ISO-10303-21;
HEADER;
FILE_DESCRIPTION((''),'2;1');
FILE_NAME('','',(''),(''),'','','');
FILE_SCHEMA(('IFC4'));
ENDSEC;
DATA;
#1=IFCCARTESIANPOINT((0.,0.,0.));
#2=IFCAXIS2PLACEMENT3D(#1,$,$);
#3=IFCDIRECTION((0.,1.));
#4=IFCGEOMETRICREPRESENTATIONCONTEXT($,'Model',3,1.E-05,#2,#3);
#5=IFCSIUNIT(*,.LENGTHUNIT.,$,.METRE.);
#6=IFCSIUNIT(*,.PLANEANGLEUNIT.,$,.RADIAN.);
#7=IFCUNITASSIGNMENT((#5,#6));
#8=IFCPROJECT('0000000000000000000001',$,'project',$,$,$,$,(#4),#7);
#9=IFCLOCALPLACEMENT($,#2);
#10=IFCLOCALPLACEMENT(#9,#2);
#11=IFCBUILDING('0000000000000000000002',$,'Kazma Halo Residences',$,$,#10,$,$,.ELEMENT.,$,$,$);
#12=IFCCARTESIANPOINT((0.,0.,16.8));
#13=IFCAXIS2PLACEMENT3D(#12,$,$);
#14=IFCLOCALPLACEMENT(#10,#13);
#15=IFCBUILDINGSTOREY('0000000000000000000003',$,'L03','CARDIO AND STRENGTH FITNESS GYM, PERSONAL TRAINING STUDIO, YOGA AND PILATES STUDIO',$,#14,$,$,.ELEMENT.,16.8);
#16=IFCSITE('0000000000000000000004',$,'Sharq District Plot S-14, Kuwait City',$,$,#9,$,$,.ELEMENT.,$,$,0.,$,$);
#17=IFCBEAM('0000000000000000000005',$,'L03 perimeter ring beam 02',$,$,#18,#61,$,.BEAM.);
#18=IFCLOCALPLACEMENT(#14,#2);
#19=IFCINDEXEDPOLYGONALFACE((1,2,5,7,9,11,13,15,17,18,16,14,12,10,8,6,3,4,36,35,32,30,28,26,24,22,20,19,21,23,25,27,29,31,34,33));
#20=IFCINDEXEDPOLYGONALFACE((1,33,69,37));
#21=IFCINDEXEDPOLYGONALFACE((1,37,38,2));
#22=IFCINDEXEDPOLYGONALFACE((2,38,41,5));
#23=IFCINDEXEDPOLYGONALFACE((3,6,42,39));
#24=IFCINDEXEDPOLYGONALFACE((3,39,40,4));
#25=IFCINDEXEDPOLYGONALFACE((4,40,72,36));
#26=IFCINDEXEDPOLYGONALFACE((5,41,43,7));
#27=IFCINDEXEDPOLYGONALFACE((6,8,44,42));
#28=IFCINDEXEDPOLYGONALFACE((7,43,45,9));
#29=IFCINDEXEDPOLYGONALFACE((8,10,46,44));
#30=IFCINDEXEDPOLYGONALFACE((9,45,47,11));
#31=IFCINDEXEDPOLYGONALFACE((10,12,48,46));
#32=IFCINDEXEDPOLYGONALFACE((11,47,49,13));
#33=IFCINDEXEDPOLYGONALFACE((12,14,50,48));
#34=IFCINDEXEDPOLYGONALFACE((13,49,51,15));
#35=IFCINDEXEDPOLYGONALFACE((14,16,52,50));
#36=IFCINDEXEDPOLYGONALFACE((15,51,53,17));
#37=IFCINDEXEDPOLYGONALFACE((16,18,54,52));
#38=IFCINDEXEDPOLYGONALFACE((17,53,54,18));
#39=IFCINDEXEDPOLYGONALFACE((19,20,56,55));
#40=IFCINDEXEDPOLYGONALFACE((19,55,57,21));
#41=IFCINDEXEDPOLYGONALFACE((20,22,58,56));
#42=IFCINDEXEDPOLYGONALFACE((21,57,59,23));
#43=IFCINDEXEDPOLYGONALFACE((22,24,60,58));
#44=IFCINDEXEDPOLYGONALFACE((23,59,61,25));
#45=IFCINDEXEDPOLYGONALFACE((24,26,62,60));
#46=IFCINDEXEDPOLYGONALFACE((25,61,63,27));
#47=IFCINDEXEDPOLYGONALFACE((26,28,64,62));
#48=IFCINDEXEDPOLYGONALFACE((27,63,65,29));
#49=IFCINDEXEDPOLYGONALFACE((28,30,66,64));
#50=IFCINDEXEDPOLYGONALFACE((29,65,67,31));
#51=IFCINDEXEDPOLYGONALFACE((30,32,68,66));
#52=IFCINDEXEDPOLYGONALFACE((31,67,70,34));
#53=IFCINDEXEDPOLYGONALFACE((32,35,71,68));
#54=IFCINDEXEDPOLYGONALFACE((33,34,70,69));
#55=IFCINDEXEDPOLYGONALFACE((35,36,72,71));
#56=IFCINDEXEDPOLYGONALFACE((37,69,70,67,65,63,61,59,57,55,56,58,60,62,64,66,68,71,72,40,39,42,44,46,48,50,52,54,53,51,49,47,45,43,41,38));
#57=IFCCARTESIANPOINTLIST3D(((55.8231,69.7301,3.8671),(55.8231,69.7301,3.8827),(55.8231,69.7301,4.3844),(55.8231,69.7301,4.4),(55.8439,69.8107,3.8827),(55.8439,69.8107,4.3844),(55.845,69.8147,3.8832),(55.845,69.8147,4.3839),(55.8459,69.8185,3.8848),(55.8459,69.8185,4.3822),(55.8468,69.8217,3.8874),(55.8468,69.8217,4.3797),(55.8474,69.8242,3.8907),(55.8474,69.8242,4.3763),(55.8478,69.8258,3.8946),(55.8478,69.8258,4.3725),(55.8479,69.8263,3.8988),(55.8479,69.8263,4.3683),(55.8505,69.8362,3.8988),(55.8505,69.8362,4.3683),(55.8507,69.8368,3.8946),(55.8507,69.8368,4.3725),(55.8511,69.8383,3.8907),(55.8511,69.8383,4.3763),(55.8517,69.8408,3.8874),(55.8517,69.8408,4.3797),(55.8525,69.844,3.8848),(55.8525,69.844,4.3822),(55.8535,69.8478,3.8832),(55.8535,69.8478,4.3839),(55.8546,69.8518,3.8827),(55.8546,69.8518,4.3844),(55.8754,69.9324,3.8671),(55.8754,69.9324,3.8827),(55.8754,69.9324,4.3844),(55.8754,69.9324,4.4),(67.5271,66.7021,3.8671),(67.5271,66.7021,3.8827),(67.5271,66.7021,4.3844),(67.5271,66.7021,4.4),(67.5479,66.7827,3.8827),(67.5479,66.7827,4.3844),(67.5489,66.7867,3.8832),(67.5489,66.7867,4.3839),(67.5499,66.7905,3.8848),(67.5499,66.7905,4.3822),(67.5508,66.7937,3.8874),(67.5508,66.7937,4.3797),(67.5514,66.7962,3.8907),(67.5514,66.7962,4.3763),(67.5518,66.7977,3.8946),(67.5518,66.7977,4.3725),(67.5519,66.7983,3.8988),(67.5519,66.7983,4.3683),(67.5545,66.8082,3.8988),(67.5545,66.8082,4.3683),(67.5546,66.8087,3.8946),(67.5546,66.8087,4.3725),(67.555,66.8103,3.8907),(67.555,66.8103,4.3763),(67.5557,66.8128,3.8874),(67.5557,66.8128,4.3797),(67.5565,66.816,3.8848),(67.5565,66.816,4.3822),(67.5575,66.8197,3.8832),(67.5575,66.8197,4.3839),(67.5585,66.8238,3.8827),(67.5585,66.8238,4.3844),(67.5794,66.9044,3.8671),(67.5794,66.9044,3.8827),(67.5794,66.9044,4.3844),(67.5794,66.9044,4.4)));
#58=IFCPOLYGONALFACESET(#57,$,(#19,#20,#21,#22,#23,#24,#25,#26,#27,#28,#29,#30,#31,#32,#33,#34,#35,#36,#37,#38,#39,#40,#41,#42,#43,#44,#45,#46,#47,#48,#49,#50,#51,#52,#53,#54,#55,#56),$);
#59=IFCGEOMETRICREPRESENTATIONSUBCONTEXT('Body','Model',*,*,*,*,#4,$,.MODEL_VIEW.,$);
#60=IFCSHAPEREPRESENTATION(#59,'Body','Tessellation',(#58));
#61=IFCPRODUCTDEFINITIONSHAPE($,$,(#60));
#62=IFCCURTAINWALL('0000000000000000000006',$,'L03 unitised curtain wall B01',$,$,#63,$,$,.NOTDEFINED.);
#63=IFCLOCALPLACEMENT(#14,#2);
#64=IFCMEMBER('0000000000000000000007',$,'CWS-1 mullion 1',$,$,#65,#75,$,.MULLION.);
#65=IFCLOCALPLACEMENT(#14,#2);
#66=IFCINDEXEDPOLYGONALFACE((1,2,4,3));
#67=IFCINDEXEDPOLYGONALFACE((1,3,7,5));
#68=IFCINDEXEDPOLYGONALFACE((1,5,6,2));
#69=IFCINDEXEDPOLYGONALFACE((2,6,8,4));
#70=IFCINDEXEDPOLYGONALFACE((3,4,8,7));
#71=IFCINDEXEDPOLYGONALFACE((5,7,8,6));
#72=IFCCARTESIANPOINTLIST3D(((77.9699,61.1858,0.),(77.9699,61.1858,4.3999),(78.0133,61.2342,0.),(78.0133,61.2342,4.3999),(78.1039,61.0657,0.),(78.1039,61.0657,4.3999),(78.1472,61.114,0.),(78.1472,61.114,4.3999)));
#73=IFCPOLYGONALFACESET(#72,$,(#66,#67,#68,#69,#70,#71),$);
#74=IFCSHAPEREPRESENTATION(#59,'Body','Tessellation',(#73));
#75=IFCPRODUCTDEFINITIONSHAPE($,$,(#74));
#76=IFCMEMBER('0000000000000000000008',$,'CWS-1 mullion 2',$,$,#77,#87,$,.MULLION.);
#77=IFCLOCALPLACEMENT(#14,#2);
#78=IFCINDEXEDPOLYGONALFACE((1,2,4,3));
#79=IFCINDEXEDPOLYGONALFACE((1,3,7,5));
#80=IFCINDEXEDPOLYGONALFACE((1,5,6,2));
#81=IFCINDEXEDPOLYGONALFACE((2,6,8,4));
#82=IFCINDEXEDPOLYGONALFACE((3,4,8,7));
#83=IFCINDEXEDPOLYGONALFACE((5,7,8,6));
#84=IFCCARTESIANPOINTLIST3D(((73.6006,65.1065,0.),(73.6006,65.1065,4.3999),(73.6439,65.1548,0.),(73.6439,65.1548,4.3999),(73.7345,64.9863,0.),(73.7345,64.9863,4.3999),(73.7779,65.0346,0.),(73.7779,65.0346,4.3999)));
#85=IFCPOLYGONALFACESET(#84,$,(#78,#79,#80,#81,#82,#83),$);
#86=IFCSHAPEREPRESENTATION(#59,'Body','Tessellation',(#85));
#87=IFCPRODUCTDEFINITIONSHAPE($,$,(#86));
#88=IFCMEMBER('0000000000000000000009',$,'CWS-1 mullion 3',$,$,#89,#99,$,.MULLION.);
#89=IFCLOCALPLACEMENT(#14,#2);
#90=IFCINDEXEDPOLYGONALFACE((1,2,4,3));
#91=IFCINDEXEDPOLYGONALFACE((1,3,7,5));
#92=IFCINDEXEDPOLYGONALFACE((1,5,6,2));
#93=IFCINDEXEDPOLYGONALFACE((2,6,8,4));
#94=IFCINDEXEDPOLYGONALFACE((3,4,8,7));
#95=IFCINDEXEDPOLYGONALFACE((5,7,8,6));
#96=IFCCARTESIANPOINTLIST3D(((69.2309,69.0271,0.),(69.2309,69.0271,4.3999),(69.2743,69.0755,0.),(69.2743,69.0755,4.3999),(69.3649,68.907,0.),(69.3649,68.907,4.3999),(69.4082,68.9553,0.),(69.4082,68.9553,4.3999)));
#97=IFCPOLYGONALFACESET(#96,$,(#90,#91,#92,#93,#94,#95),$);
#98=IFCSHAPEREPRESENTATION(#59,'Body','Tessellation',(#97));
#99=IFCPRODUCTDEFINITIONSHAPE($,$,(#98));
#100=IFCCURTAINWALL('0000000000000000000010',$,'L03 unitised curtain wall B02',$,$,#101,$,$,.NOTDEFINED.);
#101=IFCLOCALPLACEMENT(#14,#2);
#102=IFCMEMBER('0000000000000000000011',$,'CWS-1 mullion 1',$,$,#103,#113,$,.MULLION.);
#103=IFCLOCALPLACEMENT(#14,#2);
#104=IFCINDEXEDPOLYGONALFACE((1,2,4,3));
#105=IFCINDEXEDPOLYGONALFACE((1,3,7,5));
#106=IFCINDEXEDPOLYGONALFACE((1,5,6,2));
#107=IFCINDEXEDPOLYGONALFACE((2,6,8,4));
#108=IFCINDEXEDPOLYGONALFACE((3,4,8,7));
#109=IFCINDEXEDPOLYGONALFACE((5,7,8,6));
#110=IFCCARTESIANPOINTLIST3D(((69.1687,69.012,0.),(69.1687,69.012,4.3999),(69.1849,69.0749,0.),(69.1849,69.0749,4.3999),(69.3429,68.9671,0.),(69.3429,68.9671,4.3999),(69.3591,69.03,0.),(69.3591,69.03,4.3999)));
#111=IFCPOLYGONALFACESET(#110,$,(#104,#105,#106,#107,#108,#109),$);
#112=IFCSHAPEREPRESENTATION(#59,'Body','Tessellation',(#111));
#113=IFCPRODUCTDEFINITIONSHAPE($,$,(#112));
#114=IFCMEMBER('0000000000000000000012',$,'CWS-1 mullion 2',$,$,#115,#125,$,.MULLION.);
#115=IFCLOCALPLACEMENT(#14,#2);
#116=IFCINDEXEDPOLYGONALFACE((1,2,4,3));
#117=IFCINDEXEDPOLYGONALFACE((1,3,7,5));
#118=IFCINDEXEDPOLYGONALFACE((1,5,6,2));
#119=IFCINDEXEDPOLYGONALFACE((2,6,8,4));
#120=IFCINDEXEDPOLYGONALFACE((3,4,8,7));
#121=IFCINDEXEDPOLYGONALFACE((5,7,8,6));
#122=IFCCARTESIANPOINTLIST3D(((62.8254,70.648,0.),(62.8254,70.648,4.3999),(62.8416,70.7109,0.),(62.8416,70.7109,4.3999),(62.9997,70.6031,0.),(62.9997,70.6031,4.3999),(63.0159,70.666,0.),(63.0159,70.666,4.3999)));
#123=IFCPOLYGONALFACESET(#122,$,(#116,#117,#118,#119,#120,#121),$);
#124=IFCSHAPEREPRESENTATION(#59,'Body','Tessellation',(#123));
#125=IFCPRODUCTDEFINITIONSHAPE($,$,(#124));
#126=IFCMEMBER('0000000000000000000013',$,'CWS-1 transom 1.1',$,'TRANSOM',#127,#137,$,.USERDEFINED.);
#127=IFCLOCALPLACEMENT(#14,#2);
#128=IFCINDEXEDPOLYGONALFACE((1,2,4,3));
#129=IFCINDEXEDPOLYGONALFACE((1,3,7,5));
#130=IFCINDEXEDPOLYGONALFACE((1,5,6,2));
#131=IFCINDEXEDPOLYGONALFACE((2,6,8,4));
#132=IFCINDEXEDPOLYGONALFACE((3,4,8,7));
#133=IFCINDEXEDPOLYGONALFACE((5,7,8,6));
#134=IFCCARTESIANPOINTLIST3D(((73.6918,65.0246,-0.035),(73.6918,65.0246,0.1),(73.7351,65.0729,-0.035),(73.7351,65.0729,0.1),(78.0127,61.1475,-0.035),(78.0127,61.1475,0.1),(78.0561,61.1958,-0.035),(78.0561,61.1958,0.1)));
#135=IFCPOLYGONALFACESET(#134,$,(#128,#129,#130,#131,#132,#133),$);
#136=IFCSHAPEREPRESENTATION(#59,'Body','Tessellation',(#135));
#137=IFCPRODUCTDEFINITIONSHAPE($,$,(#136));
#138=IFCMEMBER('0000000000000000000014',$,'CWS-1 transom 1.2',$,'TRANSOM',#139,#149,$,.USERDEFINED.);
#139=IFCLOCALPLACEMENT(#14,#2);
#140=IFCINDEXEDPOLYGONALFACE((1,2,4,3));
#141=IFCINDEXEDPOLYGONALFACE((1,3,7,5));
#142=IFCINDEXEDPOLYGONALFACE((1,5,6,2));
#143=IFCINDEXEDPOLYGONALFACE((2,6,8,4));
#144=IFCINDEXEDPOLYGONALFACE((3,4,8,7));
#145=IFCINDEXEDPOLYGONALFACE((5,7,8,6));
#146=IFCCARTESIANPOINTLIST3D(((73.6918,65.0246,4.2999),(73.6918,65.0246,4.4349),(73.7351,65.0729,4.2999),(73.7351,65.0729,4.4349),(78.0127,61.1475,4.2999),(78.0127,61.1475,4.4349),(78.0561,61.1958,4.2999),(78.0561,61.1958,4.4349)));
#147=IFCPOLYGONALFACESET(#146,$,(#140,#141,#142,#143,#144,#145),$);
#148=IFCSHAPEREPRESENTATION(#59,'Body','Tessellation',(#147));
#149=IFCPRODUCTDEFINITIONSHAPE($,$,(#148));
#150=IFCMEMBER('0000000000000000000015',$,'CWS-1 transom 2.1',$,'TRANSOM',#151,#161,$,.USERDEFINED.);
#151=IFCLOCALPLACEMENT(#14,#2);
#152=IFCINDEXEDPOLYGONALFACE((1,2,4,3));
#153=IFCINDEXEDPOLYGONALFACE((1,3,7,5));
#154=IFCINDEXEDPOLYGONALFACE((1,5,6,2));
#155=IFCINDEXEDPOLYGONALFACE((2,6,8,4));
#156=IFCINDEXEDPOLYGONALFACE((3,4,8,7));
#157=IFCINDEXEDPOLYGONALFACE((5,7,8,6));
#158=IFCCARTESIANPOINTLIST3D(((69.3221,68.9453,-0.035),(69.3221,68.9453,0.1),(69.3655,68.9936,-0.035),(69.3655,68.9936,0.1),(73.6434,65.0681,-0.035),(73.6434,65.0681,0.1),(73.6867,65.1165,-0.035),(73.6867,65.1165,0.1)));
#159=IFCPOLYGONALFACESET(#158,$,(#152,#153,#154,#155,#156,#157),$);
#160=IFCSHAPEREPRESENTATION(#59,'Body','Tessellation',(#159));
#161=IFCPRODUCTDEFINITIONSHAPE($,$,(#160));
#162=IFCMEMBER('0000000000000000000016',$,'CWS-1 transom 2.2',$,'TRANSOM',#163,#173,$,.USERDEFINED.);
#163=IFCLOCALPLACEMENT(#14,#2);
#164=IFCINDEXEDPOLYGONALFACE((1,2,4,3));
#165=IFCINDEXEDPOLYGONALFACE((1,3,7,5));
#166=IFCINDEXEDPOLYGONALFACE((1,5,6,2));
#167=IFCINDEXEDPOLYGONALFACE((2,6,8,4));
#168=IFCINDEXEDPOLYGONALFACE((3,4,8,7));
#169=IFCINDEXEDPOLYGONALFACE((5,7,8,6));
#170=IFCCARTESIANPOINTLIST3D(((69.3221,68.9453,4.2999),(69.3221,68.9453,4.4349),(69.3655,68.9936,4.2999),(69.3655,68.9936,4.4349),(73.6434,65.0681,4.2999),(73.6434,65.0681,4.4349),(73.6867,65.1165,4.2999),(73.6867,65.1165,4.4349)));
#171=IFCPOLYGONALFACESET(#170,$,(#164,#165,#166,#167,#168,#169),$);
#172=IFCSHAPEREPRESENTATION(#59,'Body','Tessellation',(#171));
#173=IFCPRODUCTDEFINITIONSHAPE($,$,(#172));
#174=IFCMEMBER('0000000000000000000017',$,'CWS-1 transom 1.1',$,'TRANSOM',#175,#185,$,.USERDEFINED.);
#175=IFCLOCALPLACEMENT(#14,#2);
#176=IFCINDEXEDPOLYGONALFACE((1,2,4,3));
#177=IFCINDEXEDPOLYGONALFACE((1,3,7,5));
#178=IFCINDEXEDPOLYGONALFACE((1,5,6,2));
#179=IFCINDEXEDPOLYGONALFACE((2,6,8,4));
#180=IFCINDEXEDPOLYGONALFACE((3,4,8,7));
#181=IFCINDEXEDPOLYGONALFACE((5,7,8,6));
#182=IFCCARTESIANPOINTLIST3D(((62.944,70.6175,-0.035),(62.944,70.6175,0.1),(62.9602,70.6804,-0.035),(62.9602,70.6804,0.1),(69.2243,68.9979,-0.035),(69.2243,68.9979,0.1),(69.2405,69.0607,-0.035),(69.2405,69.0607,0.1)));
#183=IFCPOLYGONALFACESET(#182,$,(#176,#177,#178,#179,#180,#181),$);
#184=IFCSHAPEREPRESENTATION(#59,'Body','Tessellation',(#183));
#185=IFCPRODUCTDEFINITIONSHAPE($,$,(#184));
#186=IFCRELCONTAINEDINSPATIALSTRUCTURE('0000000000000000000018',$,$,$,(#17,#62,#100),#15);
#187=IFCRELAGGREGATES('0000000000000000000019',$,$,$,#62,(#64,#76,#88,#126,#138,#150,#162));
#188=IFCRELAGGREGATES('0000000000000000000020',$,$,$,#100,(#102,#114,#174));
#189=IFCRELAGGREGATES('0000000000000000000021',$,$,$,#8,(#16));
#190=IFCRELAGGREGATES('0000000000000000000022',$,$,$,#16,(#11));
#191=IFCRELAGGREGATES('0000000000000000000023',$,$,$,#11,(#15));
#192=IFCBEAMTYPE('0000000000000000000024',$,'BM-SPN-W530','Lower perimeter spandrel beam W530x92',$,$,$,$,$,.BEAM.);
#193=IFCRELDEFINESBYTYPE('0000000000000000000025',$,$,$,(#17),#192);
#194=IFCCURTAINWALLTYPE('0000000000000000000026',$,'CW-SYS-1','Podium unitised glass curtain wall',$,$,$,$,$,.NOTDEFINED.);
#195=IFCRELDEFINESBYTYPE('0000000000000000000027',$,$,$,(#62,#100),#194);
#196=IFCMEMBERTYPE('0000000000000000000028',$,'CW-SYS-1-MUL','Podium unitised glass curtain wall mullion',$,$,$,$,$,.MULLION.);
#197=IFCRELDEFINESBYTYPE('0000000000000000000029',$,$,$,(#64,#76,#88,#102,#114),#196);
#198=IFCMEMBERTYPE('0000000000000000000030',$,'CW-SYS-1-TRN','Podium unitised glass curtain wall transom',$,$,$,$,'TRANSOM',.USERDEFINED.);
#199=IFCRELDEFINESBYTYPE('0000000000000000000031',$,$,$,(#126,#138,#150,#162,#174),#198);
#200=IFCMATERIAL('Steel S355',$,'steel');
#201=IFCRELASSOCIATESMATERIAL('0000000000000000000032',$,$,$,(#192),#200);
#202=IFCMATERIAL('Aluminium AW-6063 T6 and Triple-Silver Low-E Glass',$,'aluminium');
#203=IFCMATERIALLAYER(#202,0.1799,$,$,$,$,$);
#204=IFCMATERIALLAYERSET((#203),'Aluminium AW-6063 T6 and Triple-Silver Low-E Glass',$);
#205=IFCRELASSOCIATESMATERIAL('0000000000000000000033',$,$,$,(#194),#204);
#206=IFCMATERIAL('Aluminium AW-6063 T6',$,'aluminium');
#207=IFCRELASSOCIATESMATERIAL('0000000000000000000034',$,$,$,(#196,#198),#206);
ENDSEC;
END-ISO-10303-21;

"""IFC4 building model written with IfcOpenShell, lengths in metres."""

from ifc_helpers import new_model, si_unit, direction, frame, origin, origin_2d, place, context, subcontext, project, spatial, rectangle, i_section, extrude, material, layer, layer_set, material_profile, profile_set, type_object, element, aggregate, save


model = new_model("IFC4")

# Units and contexts
model_context = context("Model", 3, precision=1e-05, world=origin(), true_north=direction((0.0, 1.0)))
body_context = subcontext(model_context, "Body", "Model", "MODEL_VIEW")
ifc_project = project(units=[si_unit("LENGTHUNIT", "METRE"), si_unit("PLANEANGLEUNIT", "RADIAN")], contexts=[model_context])

# Site, building, storey
site_placement = place(None, origin())
site = spatial("IfcSite", under=ifc_project, at=site_placement, Name="Sharq District Plot S-14, Kuwait City", CompositionType="ELEMENT", RefElevation=0.0)
building_placement = place(site_placement, origin())
building = spatial("IfcBuilding", under=site, at=building_placement, Name="Kazma Halo Residences", CompositionType="ELEMENT")
storey_placement = place(building_placement, frame((0.0, 0.0, 16.8)))
storey = spatial("IfcBuildingStorey", under=building, at=storey_placement, Name="L03", Description="CARDIO AND STRENGTH FITNESS GYM, PERSONAL TRAINING STUDIO, YOGA AND PILATES STUDIO", CompositionType="ELEMENT", Elevation=16.8)

# Beam
ifc_material_1 = material(Name="Steel S355", Category="steel")
ifc_material_profile_1 = material_profile(ifc_material_1, i_section(OverallWidth=0.209, OverallDepth=0.533, WebThickness=0.0103, FlangeThickness=0.0156, FilletRadius=0.0161, at=origin_2d()), Name="W530x92")
ifc_profile_set_1 = profile_set([ifc_material_profile_1], Name="Steel S355")
beam_type_1 = type_object("IfcBeamType", Name="BM-SPN-W530", Description="Lower perimeter spandrel beam W530x92", PredefinedType="BEAM", material=ifc_profile_set_1)
beam_1_placement = place(storey_placement, frame((67.5532, 66.8032, 4.1335), z_axis=(-0.968124, 0.250472, 0.0), x_axis=(-0.250472, -0.968124, 0.0)))
element("IfcBeam", 1, at=beam_1_placement, inside=storey, type_object=beam_type_1, Name="L03 perimeter ring beam 02", PredefinedType="BEAM", context=body_context, shape_type="SweptSolid", body=[
    extrude(i_section(OverallWidth=0.209, OverallDepth=0.533, WebThickness=0.0103, FlangeThickness=0.0156, FilletRadius=0.0161, at=origin_2d()), origin(), (0.0, 0.0, 1.0), 12.0894),
])

# Curtain walls, members
ifc_material_2 = material(Name="Aluminium AW-6063 T6 and Triple-Silver Low-E Glass", Category="aluminium")
ifc_layer_1 = layer(ifc_material_2, 0.1799)
ifc_layer_set_1 = layer_set([ifc_layer_1], Name="Aluminium AW-6063 T6 and Triple-Silver Low-E Glass")
curtain_wall_type = type_object("IfcCurtainWallType", Name="CW-SYS-1", Description="Podium unitised glass curtain wall", PredefinedType="NOTDEFINED", material=ifc_layer_set_1)
curtain_wall_1_placement = place(storey_placement, origin())
curtain_wall_1 = element("IfcCurtainWall", 2, at=curtain_wall_1_placement, inside=storey, type_object=curtain_wall_type, Name="L03 unitised curtain wall B01", PredefinedType="NOTDEFINED")
ifc_material_3 = material(Name="Aluminium AW-6063 T6", Category="aluminium")
ifc_material_profile_2 = material_profile(ifc_material_3, rectangle(XDim=0.0649, YDim=0.1799, at=origin_2d()), Name="CWM-65x180")
ifc_profile_set_2 = profile_set([ifc_material_profile_2], Name="Aluminium AW-6063 T6")
member_type_1 = type_object("IfcMemberType", Name="CW-SYS-1-MUL", Description="Podium unitised glass curtain wall mullion", PredefinedType="MULLION", material=ifc_profile_set_2)
member_1_placement = place(storey_placement, frame((78.0586, 61.1499, 0.0), z_axis=(0.0, 0.0, 1.0), x_axis=(-0.667848, -0.744298, 0.0)))
member_1 = element("IfcMember", 3, at=member_1_placement, type_object=member_type_1, Name="CWS-1 mullion 1", PredefinedType="MULLION", context=body_context, shape_type="SweptSolid", body=[
    extrude(rectangle(XDim=0.0649, YDim=0.1799, at=origin_2d()), origin(), (0.0, 0.0, 1.0), 4.3999),
])
member_2_placement = place(storey_placement, frame((73.6892, 65.0706, 0.0), z_axis=(0.0, 0.0, 1.0), x_axis=(-0.667848, -0.744298, 0.0)))
member_2 = element("IfcMember", 4, at=member_2_placement, type_object=member_type_1, Name="CWS-1 mullion 2", PredefinedType="MULLION", context=body_context, shape_type="SweptSolid", body=[
    extrude(rectangle(XDim=0.0649, YDim=0.1799, at=origin_2d()), origin(), (0.0, 0.0, 1.0), 4.3999),
])
member_3_placement = place(storey_placement, frame((69.3196, 68.9912, 0.0), z_axis=(0.0, 0.0, 1.0), x_axis=(-0.667848, -0.744298, 0.0)))
member_3 = element("IfcMember", 5, at=member_3_placement, type_object=member_type_1, Name="CWS-1 mullion 3", PredefinedType="MULLION", context=body_context, shape_type="SweptSolid", body=[
    extrude(rectangle(XDim=0.0649, YDim=0.1799, at=origin_2d()), origin(), (0.0, 0.0, 1.0), 4.3999),
])
curtain_wall_2_placement = place(storey_placement, origin())
curtain_wall_2 = element("IfcCurtainWall", 6, at=curtain_wall_2_placement, inside=storey, type_object=curtain_wall_type, Name="L03 unitised curtain wall B02", PredefinedType="NOTDEFINED")
member_4_placement = place(storey_placement, frame((69.2639, 69.021, 0.0), z_axis=(0.0, 0.0, 1.0), x_axis=(-0.249727, -0.968316, 0.0)))
member_4 = element("IfcMember", 7, at=member_4_placement, type_object=member_type_1, Name="CWS-1 mullion 1", PredefinedType="MULLION", context=body_context, shape_type="SweptSolid", body=[
    extrude(rectangle(XDim=0.0649, YDim=0.1799, at=origin_2d()), origin(), (0.0, 0.0, 1.0), 4.3999),
])
member_5_placement = place(storey_placement, frame((62.9207, 70.657, 0.0), z_axis=(0.0, 0.0, 1.0), x_axis=(-0.249727, -0.968316, 0.0)))
member_5 = element("IfcMember", 8, at=member_5_placement, type_object=member_type_1, Name="CWS-1 mullion 2", PredefinedType="MULLION", context=body_context, shape_type="SweptSolid", body=[
    extrude(rectangle(XDim=0.0649, YDim=0.1799, at=origin_2d()), origin(), (0.0, 0.0, 1.0), 4.3999),
])

# Members
ifc_material_profile_3 = material_profile(ifc_material_3, rectangle(XDim=0.0649, YDim=0.135, at=origin_2d()), Name="CWT-65x135")
ifc_profile_set_3 = profile_set([ifc_material_profile_3], Name="Aluminium AW-6063 T6")
member_type_2 = type_object("IfcMemberType", Name="CW-SYS-1-TRN", Description="Podium unitised glass curtain wall transom", ElementType="TRANSOM", PredefinedType="USERDEFINED", material=ifc_profile_set_3)
member_6_placement = place(storey_placement, frame((78.0344, 61.1716, 0.0325), z_axis=(-0.744299, 0.667846, 0.0), x_axis=(-0.667846, -0.744299, 0.0)))
member_6 = element("IfcMember", 9, at=member_6_placement, type_object=member_type_2, Name="CWS-1 transom 1.1", ObjectType="TRANSOM", PredefinedType="USERDEFINED", context=body_context, shape_type="SweptSolid", body=[
    extrude(rectangle(XDim=0.0649, YDim=0.135, at=origin_2d()), origin(), (0.0, 0.0, 1.0), 5.8054),
])
member_7_placement = place(storey_placement, frame((78.0344, 61.1716, 4.3674), z_axis=(-0.744299, 0.667846, 0.0), x_axis=(-0.667846, -0.744299, 0.0)))
member_7 = element("IfcMember", 10, at=member_7_placement, type_object=member_type_2, Name="CWS-1 transom 1.2", ObjectType="TRANSOM", PredefinedType="USERDEFINED", context=body_context, shape_type="SweptSolid", body=[
    extrude(rectangle(XDim=0.0649, YDim=0.135, at=origin_2d()), origin(), (0.0, 0.0, 1.0), 5.8054),
])
member_8_placement = place(storey_placement, frame((73.665, 65.0923, 0.0325), z_axis=(-0.744318, 0.667826, 0.0), x_axis=(-0.667826, -0.744318, 0.0)))
member_8 = element("IfcMember", 11, at=member_8_placement, type_object=member_type_2, Name="CWS-1 transom 2.1", ObjectType="TRANSOM", PredefinedType="USERDEFINED", context=body_context, shape_type="SweptSolid", body=[
    extrude(rectangle(XDim=0.0649, YDim=0.135, at=origin_2d()), origin(), (0.0, 0.0, 1.0), 5.8057),
])
member_9_placement = place(storey_placement, frame((73.665, 65.0923, 4.3674), z_axis=(-0.744318, 0.667826, 0.0), x_axis=(-0.667826, -0.744318, 0.0)))
member_9 = element("IfcMember", 12, at=member_9_placement, type_object=member_type_2, Name="CWS-1 transom 2.2", ObjectType="TRANSOM", PredefinedType="USERDEFINED", context=body_context, shape_type="SweptSolid", body=[
    extrude(rectangle(XDim=0.0649, YDim=0.135, at=origin_2d()), origin(), (0.0, 0.0, 1.0), 5.8057),
])
member_10_placement = place(storey_placement, frame((69.2324, 69.0293, 0.0325), z_axis=(-0.968318, 0.249721, 0.0), x_axis=(-0.249721, -0.968318, 0.0)))
member_10 = element("IfcMember", 13, at=member_10_placement, type_object=member_type_2, Name="CWS-1 transom 1.1", ObjectType="TRANSOM", PredefinedType="USERDEFINED", context=body_context, shape_type="SweptSolid", body=[
    extrude(rectangle(XDim=0.0649, YDim=0.135, at=origin_2d()), origin(), (0.0, 0.0, 1.0), 6.4858),
])

aggregate(curtain_wall_1, [member_1, member_2, member_3, member_6, member_7, member_8, member_9])
aggregate(curtain_wall_2, [member_4, member_5, member_10])

save(model, "model.ifc")
